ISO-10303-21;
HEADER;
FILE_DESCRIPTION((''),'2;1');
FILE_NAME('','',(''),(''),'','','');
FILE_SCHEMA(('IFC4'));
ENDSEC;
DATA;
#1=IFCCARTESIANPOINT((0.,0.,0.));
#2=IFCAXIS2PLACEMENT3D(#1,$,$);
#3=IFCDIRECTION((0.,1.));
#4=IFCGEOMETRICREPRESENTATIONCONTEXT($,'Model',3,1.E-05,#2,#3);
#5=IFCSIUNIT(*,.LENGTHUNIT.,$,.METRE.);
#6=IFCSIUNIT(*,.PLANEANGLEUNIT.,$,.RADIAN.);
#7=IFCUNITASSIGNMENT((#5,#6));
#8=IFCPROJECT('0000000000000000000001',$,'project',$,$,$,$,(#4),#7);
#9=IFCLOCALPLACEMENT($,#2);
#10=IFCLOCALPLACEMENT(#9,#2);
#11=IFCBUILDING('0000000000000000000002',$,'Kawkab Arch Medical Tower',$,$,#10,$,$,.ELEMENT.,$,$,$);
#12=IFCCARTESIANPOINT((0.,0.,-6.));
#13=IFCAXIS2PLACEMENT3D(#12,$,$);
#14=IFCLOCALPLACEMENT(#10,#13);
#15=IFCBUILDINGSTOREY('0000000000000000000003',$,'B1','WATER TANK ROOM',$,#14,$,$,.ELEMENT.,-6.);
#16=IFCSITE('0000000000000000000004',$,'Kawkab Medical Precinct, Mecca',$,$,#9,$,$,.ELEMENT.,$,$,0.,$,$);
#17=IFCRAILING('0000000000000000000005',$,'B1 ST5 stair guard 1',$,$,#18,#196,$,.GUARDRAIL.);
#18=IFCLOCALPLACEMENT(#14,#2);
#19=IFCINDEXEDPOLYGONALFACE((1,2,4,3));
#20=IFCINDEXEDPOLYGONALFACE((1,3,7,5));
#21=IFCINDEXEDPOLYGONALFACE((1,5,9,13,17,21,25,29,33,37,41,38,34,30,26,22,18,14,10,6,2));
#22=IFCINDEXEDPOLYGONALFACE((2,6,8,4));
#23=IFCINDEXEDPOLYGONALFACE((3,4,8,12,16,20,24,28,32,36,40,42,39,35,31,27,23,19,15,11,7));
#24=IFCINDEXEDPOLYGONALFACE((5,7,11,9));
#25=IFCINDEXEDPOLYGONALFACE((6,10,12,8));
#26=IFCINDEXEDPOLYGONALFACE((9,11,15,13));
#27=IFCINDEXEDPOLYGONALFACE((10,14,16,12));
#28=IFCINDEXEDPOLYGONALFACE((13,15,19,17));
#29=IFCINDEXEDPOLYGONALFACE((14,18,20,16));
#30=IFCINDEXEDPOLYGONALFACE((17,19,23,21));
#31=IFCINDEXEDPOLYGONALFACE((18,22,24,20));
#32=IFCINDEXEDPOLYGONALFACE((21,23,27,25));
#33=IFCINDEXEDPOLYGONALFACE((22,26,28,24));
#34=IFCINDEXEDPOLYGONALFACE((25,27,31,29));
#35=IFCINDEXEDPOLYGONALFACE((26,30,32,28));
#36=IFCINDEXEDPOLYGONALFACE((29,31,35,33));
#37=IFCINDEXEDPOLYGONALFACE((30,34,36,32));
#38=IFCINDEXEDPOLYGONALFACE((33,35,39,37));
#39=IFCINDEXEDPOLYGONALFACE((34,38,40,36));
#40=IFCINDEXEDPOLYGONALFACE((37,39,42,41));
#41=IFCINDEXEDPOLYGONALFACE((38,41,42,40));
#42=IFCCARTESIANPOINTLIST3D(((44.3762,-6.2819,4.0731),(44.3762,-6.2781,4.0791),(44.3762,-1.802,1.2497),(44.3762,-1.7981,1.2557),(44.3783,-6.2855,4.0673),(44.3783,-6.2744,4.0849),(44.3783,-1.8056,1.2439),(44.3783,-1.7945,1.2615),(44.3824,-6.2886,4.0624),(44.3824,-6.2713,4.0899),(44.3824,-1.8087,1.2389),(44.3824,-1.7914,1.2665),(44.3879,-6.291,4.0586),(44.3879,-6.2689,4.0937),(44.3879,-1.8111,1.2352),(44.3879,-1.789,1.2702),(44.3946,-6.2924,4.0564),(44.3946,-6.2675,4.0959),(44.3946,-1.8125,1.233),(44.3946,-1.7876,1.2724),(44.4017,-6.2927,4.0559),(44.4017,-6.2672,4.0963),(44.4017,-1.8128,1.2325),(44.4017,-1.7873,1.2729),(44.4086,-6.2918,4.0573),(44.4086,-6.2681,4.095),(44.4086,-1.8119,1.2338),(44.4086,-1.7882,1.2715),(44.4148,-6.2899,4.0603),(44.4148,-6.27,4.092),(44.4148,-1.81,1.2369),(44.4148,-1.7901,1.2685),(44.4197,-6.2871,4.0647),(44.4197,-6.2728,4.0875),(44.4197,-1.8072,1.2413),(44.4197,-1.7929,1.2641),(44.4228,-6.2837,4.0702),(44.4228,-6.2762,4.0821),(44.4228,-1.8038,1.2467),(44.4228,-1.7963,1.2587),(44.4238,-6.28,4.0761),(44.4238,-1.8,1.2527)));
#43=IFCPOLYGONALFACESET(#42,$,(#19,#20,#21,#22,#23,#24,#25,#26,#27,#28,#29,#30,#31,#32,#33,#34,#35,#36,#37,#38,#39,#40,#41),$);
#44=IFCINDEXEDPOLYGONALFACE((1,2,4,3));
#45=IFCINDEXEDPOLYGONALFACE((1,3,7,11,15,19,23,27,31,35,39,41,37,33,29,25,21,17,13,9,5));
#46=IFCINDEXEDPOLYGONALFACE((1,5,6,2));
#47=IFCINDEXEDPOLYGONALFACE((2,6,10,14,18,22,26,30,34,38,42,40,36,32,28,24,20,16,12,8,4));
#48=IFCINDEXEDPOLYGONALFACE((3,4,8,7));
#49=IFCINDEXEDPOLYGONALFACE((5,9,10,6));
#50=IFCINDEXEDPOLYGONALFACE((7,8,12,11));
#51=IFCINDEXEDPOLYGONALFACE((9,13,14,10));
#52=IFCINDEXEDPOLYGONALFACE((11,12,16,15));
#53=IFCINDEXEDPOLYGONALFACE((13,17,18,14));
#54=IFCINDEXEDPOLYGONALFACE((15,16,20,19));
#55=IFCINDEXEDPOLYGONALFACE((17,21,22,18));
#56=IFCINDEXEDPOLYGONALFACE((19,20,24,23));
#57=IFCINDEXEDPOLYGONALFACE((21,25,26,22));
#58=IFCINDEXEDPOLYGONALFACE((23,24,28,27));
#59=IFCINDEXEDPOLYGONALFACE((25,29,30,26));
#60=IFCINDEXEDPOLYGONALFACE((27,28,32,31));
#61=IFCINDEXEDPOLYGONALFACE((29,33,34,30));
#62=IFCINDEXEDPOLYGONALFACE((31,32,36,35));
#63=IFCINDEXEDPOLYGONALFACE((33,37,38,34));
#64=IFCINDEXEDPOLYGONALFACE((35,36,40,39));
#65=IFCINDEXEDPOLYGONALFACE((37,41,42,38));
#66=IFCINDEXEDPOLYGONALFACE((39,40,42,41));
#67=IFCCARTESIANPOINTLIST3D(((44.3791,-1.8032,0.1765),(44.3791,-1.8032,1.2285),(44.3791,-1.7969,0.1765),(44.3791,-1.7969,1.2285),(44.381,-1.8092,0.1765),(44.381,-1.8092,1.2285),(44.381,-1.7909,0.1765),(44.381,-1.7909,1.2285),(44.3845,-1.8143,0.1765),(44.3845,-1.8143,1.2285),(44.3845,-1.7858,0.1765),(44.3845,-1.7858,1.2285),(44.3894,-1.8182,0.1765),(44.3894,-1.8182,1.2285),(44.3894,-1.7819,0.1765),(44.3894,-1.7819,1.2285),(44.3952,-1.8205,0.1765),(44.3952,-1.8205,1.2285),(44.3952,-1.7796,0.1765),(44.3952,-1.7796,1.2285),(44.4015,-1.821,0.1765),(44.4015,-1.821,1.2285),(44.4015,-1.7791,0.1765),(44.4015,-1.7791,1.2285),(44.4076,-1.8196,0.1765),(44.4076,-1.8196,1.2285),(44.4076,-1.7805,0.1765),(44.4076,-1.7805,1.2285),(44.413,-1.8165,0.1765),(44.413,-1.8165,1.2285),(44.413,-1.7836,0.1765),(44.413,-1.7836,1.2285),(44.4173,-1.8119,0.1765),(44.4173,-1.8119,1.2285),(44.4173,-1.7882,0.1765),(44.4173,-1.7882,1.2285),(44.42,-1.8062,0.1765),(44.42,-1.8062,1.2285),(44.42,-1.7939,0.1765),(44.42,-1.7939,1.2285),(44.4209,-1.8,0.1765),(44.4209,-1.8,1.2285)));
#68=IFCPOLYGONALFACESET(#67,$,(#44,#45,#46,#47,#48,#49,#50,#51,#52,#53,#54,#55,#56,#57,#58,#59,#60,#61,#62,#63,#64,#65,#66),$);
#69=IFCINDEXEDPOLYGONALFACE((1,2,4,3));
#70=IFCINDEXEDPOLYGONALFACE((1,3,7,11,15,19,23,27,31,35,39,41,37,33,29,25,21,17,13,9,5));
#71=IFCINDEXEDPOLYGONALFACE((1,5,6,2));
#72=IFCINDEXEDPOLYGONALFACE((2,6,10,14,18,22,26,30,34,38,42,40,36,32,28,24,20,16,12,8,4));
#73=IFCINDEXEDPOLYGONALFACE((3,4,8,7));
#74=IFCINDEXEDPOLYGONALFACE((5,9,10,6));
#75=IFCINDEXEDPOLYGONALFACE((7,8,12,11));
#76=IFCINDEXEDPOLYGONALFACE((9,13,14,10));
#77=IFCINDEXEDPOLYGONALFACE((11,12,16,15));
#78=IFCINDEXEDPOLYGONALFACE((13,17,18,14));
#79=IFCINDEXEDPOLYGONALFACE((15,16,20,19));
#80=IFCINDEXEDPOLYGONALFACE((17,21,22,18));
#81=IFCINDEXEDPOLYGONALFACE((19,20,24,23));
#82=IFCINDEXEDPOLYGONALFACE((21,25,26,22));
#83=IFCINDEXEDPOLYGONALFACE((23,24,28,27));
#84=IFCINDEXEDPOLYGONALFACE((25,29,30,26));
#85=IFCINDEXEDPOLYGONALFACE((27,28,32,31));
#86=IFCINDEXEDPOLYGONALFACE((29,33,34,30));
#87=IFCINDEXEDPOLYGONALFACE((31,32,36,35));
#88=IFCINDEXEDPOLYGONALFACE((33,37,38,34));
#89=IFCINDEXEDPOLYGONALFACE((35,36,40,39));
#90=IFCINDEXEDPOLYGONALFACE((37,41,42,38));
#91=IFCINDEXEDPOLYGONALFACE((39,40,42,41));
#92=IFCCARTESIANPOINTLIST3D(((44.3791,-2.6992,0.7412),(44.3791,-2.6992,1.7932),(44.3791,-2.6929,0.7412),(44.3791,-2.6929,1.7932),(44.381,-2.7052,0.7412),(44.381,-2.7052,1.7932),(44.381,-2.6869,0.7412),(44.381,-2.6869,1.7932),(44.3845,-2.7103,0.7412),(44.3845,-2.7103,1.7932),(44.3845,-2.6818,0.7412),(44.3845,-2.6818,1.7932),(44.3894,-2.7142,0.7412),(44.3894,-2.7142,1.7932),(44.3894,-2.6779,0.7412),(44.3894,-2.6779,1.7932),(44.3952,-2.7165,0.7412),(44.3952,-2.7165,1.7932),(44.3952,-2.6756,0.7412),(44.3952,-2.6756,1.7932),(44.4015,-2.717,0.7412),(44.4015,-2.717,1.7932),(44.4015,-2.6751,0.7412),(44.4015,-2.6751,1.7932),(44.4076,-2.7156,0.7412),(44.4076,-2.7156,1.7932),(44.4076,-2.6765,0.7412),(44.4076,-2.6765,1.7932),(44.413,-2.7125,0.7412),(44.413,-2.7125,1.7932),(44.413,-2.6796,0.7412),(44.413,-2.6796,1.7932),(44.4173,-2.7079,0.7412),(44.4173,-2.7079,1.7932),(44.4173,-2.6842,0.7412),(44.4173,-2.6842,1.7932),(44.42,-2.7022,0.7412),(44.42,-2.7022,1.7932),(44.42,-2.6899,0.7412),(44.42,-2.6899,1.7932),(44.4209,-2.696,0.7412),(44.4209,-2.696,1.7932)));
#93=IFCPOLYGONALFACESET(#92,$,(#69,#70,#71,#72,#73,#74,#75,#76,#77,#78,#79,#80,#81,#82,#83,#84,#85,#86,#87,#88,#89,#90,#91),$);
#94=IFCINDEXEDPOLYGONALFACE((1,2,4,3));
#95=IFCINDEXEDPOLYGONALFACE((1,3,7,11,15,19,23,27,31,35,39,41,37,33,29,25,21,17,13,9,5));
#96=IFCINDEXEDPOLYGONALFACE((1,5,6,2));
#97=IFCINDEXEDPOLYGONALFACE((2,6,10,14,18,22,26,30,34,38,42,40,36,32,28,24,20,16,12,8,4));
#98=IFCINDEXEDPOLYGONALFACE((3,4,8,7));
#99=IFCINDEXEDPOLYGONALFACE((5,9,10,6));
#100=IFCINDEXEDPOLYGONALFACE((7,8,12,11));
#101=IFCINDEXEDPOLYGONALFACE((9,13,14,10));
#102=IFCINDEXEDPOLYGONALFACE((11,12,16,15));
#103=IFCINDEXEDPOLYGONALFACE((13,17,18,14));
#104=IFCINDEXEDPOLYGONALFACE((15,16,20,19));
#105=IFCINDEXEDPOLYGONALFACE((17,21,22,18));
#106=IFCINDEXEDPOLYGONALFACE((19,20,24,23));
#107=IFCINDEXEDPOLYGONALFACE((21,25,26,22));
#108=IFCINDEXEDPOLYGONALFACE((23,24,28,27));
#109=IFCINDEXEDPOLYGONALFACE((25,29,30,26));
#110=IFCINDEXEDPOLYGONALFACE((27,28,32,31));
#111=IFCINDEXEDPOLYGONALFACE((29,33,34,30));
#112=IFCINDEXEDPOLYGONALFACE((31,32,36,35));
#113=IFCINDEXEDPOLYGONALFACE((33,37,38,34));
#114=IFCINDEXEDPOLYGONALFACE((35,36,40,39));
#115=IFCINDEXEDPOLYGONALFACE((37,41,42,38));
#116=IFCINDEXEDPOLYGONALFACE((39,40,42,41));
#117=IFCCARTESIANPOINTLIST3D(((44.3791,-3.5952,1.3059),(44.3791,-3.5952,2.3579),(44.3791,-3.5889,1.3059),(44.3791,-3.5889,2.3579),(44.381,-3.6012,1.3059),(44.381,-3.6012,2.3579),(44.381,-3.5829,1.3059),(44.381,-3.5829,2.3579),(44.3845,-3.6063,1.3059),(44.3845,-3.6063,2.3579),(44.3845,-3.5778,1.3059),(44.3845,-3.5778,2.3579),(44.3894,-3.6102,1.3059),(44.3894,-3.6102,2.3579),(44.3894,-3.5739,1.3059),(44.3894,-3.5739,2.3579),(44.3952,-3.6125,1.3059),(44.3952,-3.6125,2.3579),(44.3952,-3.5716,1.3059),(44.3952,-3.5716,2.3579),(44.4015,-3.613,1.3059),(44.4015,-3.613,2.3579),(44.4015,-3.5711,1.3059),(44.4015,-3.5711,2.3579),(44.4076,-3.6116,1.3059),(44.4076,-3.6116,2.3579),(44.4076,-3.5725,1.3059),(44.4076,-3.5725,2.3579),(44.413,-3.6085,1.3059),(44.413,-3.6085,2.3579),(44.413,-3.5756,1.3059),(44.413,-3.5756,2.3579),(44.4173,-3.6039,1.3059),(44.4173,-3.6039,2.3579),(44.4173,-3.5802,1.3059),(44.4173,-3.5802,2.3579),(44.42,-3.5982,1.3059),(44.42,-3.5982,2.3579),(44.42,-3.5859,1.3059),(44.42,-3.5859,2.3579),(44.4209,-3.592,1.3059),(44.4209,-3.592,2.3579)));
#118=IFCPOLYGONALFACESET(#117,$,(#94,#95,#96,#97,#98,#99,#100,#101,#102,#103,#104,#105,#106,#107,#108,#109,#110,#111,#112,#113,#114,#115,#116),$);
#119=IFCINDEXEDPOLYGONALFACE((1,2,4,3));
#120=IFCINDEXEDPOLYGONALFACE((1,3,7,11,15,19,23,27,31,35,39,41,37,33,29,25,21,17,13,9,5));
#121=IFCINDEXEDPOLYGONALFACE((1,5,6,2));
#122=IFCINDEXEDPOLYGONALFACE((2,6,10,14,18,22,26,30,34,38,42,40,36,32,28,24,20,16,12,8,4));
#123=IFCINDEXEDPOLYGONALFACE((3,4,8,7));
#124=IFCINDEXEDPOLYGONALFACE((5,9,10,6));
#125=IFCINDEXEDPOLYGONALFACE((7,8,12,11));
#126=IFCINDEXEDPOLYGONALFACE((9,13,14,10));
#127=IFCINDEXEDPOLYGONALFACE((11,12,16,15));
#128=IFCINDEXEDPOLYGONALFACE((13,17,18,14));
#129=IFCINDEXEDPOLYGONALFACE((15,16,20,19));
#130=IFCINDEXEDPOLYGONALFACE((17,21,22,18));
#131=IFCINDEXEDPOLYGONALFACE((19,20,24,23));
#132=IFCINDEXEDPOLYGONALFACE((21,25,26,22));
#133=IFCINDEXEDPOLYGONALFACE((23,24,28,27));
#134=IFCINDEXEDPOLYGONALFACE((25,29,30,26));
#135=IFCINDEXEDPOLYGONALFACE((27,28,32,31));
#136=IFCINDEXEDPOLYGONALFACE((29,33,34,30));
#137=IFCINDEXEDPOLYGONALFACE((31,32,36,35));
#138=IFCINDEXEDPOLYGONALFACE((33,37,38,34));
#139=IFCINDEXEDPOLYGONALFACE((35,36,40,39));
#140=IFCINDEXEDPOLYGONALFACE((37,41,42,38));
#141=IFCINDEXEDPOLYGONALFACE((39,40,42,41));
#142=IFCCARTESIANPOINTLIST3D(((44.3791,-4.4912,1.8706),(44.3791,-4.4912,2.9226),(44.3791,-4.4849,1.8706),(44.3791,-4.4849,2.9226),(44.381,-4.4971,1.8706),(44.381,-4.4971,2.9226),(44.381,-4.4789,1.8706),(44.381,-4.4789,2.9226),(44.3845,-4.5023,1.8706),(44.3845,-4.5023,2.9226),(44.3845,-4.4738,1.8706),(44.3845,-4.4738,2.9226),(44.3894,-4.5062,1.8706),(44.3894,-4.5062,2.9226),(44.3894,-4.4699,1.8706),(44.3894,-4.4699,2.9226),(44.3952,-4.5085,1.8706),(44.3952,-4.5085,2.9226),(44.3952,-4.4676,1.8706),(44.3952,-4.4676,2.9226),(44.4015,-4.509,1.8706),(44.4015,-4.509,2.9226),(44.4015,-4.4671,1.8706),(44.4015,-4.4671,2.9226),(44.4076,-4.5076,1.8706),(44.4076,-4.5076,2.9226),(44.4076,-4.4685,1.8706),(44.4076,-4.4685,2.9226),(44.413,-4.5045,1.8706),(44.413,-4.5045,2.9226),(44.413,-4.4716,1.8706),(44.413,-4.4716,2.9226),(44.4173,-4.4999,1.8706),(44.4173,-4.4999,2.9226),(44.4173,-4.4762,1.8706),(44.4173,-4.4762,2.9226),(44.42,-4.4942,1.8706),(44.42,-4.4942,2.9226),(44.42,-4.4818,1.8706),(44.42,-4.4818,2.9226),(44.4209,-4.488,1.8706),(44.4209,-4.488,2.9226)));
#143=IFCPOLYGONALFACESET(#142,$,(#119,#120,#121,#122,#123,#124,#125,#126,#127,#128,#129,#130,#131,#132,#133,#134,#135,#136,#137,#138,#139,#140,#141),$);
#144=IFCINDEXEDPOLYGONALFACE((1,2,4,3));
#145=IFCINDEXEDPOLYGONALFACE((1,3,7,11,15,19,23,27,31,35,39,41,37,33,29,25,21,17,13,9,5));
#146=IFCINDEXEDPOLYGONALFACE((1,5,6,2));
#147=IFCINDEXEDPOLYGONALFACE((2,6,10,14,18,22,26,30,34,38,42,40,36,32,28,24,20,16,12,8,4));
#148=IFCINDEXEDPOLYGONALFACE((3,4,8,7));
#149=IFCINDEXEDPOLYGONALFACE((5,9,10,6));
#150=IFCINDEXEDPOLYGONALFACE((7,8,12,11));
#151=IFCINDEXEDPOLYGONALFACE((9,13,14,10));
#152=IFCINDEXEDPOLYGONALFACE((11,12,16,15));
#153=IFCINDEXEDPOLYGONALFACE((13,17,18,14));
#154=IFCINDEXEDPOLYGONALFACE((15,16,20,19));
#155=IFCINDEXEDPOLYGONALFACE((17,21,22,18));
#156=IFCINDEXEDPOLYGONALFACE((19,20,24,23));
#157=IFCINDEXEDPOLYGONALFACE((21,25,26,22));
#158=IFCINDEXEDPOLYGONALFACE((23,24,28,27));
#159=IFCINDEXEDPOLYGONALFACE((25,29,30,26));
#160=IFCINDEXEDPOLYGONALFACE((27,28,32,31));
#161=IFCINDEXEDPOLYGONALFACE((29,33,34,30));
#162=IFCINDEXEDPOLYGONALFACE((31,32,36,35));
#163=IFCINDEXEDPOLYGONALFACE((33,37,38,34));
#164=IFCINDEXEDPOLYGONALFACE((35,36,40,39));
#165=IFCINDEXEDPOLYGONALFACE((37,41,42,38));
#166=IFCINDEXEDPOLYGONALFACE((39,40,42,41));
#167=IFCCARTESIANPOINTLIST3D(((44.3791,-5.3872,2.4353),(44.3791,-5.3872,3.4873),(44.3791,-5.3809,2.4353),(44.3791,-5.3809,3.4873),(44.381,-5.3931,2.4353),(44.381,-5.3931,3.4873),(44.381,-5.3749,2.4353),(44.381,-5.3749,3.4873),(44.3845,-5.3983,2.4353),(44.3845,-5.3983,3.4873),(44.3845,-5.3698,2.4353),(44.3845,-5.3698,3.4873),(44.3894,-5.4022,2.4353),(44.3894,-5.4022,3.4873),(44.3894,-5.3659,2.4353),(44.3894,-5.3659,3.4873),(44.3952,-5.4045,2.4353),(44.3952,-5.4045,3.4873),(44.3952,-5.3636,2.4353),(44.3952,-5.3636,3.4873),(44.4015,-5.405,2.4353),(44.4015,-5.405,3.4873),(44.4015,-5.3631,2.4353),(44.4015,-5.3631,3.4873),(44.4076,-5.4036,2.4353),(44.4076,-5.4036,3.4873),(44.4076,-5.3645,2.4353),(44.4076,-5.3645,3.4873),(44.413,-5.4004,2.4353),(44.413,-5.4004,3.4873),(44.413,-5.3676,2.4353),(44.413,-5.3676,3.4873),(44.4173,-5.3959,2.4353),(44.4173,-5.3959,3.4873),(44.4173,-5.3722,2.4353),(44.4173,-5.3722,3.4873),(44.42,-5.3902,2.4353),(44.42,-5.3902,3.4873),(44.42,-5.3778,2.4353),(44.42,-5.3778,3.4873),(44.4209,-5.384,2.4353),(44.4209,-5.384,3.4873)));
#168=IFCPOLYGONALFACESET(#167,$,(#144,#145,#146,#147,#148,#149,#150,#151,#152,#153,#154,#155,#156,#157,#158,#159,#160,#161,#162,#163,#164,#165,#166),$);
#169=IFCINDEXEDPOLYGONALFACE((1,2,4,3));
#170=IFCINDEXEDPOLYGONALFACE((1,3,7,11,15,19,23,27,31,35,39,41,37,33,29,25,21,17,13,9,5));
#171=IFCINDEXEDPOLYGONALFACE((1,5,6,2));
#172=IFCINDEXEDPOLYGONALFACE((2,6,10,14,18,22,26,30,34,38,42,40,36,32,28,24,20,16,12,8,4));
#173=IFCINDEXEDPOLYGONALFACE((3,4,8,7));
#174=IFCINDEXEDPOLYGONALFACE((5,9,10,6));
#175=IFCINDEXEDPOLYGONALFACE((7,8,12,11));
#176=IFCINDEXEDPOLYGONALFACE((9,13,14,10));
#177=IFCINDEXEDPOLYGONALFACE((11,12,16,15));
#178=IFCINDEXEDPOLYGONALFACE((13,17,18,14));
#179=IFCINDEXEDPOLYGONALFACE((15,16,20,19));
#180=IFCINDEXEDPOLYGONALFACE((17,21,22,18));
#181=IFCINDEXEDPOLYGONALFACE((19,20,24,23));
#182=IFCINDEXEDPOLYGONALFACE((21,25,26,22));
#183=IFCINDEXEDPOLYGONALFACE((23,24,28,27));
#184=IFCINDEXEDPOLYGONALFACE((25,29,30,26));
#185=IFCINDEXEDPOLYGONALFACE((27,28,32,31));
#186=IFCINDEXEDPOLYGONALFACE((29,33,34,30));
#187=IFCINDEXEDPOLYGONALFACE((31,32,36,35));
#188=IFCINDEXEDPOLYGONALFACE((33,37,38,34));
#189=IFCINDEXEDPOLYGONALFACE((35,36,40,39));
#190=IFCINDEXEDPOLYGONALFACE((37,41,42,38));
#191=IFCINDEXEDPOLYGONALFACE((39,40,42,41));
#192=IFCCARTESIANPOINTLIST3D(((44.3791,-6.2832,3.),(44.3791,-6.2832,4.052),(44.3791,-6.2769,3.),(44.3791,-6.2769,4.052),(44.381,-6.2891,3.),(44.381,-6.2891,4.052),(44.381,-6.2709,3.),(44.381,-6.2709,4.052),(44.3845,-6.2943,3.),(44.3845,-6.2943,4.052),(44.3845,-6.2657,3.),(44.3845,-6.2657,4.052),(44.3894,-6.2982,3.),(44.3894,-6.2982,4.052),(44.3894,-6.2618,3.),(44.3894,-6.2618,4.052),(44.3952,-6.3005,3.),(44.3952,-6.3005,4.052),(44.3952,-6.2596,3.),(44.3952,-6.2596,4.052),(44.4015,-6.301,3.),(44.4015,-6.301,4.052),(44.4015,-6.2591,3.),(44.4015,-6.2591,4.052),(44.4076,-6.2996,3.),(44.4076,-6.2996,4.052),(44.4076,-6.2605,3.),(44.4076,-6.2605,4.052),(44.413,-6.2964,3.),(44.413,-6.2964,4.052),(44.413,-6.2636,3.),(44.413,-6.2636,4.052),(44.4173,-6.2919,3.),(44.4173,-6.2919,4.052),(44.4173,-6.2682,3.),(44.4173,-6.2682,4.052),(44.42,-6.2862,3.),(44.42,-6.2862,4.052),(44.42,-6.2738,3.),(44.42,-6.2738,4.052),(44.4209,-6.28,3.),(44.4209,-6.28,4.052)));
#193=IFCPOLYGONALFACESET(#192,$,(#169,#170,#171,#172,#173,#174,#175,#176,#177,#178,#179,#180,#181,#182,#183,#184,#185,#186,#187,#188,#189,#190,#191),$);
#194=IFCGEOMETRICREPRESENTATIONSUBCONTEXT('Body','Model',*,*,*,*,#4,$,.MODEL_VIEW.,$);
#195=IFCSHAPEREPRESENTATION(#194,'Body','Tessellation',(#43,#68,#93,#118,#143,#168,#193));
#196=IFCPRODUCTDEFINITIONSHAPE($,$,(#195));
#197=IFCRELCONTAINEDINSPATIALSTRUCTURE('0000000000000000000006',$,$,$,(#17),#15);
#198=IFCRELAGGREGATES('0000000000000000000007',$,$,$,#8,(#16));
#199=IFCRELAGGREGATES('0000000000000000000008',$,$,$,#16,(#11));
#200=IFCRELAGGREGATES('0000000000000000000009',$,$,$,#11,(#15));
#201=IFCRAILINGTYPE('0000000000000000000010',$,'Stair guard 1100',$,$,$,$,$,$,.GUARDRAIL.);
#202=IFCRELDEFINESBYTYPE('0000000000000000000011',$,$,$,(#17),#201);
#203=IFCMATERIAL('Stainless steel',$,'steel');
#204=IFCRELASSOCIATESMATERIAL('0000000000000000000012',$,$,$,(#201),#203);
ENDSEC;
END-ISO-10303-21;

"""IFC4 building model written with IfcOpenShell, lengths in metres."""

from ifc_helpers import new_model, si_unit, direction, frame, origin, origin_2d, place, context, subcontext, project, spatial, circle, extrude, material, type_object, element, save


model = new_model("IFC4")

# Units and contexts
model_context = context("Model", 3, precision=1e-05, world=origin(), true_north=direction((0.0, 1.0)))
body_context = subcontext(model_context, "Body", "Model", "MODEL_VIEW")
ifc_project = project(units=[si_unit("LENGTHUNIT", "METRE"), si_unit("PLANEANGLEUNIT", "RADIAN")], contexts=[model_context])

# Site, building, storey
site_placement = place(None, origin())
site = spatial("IfcSite", under=ifc_project, at=site_placement, Name="Kawkab Medical Precinct, Mecca", CompositionType="ELEMENT", RefElevation=0.0)
building_placement = place(site_placement, origin())
building = spatial("IfcBuilding", under=site, at=building_placement, Name="Kawkab Arch Medical Tower", CompositionType="ELEMENT")
storey_placement = place(building_placement, frame((0.0, 0.0, -6.0)))
storey = spatial("IfcBuildingStorey", under=building, at=storey_placement, Name="B1", Description="WATER TANK ROOM", CompositionType="ELEMENT", Elevation=-6.0)

# Railing
ifc_material_1 = material(Name="Stainless steel", Category="steel")
railing_type = type_object("IfcRailingType", Name="Stair guard 1100", PredefinedType="GUARDRAIL", material=ifc_material_1)
railing_1_placement = place(storey_placement, frame((44.3999, -1.8, 0.1765)))
element("IfcRailing", 1, at=railing_1_placement, inside=storey, type_object=railing_type, Name="B1 ST5 stair guard 1", PredefinedType="GUARDRAIL", context=body_context, shape_type="SweptSolid", body=[
    extrude(circle(Radius=0.0239, at=origin_2d()), frame((0.0, 0.0, 1.0762), z_axis=(0.0, -0.845998, 0.533186), x_axis=(1.0, 0.0, 0.0)), (0.0, 0.0, 1.0), 5.2954),
    extrude(circle(Radius=0.021, at=origin_2d()), origin(), (0.0, 0.0, 1.0), 1.052),
    extrude(circle(Radius=0.021, at=origin_2d()), frame((0.0, -0.896, 0.5647)), (0.0, 0.0, 1.0), 1.052),
    extrude(circle(Radius=0.021, at=origin_2d()), frame((0.0, -1.792, 1.1294)), (0.0, 0.0, 1.0), 1.052),
    extrude(circle(Radius=0.021, at=origin_2d()), frame((0.0, -2.688, 1.6941)), (0.0, 0.0, 1.0), 1.052),
    extrude(circle(Radius=0.021, at=origin_2d()), frame((0.0, -3.584, 2.2588)), (0.0, 0.0, 1.0), 1.052),
    extrude(circle(Radius=0.021, at=origin_2d()), frame((0.0, -4.48, 2.8235)), (0.0, 0.0, 1.0), 1.052),
])

save(model, "model.ifc")
